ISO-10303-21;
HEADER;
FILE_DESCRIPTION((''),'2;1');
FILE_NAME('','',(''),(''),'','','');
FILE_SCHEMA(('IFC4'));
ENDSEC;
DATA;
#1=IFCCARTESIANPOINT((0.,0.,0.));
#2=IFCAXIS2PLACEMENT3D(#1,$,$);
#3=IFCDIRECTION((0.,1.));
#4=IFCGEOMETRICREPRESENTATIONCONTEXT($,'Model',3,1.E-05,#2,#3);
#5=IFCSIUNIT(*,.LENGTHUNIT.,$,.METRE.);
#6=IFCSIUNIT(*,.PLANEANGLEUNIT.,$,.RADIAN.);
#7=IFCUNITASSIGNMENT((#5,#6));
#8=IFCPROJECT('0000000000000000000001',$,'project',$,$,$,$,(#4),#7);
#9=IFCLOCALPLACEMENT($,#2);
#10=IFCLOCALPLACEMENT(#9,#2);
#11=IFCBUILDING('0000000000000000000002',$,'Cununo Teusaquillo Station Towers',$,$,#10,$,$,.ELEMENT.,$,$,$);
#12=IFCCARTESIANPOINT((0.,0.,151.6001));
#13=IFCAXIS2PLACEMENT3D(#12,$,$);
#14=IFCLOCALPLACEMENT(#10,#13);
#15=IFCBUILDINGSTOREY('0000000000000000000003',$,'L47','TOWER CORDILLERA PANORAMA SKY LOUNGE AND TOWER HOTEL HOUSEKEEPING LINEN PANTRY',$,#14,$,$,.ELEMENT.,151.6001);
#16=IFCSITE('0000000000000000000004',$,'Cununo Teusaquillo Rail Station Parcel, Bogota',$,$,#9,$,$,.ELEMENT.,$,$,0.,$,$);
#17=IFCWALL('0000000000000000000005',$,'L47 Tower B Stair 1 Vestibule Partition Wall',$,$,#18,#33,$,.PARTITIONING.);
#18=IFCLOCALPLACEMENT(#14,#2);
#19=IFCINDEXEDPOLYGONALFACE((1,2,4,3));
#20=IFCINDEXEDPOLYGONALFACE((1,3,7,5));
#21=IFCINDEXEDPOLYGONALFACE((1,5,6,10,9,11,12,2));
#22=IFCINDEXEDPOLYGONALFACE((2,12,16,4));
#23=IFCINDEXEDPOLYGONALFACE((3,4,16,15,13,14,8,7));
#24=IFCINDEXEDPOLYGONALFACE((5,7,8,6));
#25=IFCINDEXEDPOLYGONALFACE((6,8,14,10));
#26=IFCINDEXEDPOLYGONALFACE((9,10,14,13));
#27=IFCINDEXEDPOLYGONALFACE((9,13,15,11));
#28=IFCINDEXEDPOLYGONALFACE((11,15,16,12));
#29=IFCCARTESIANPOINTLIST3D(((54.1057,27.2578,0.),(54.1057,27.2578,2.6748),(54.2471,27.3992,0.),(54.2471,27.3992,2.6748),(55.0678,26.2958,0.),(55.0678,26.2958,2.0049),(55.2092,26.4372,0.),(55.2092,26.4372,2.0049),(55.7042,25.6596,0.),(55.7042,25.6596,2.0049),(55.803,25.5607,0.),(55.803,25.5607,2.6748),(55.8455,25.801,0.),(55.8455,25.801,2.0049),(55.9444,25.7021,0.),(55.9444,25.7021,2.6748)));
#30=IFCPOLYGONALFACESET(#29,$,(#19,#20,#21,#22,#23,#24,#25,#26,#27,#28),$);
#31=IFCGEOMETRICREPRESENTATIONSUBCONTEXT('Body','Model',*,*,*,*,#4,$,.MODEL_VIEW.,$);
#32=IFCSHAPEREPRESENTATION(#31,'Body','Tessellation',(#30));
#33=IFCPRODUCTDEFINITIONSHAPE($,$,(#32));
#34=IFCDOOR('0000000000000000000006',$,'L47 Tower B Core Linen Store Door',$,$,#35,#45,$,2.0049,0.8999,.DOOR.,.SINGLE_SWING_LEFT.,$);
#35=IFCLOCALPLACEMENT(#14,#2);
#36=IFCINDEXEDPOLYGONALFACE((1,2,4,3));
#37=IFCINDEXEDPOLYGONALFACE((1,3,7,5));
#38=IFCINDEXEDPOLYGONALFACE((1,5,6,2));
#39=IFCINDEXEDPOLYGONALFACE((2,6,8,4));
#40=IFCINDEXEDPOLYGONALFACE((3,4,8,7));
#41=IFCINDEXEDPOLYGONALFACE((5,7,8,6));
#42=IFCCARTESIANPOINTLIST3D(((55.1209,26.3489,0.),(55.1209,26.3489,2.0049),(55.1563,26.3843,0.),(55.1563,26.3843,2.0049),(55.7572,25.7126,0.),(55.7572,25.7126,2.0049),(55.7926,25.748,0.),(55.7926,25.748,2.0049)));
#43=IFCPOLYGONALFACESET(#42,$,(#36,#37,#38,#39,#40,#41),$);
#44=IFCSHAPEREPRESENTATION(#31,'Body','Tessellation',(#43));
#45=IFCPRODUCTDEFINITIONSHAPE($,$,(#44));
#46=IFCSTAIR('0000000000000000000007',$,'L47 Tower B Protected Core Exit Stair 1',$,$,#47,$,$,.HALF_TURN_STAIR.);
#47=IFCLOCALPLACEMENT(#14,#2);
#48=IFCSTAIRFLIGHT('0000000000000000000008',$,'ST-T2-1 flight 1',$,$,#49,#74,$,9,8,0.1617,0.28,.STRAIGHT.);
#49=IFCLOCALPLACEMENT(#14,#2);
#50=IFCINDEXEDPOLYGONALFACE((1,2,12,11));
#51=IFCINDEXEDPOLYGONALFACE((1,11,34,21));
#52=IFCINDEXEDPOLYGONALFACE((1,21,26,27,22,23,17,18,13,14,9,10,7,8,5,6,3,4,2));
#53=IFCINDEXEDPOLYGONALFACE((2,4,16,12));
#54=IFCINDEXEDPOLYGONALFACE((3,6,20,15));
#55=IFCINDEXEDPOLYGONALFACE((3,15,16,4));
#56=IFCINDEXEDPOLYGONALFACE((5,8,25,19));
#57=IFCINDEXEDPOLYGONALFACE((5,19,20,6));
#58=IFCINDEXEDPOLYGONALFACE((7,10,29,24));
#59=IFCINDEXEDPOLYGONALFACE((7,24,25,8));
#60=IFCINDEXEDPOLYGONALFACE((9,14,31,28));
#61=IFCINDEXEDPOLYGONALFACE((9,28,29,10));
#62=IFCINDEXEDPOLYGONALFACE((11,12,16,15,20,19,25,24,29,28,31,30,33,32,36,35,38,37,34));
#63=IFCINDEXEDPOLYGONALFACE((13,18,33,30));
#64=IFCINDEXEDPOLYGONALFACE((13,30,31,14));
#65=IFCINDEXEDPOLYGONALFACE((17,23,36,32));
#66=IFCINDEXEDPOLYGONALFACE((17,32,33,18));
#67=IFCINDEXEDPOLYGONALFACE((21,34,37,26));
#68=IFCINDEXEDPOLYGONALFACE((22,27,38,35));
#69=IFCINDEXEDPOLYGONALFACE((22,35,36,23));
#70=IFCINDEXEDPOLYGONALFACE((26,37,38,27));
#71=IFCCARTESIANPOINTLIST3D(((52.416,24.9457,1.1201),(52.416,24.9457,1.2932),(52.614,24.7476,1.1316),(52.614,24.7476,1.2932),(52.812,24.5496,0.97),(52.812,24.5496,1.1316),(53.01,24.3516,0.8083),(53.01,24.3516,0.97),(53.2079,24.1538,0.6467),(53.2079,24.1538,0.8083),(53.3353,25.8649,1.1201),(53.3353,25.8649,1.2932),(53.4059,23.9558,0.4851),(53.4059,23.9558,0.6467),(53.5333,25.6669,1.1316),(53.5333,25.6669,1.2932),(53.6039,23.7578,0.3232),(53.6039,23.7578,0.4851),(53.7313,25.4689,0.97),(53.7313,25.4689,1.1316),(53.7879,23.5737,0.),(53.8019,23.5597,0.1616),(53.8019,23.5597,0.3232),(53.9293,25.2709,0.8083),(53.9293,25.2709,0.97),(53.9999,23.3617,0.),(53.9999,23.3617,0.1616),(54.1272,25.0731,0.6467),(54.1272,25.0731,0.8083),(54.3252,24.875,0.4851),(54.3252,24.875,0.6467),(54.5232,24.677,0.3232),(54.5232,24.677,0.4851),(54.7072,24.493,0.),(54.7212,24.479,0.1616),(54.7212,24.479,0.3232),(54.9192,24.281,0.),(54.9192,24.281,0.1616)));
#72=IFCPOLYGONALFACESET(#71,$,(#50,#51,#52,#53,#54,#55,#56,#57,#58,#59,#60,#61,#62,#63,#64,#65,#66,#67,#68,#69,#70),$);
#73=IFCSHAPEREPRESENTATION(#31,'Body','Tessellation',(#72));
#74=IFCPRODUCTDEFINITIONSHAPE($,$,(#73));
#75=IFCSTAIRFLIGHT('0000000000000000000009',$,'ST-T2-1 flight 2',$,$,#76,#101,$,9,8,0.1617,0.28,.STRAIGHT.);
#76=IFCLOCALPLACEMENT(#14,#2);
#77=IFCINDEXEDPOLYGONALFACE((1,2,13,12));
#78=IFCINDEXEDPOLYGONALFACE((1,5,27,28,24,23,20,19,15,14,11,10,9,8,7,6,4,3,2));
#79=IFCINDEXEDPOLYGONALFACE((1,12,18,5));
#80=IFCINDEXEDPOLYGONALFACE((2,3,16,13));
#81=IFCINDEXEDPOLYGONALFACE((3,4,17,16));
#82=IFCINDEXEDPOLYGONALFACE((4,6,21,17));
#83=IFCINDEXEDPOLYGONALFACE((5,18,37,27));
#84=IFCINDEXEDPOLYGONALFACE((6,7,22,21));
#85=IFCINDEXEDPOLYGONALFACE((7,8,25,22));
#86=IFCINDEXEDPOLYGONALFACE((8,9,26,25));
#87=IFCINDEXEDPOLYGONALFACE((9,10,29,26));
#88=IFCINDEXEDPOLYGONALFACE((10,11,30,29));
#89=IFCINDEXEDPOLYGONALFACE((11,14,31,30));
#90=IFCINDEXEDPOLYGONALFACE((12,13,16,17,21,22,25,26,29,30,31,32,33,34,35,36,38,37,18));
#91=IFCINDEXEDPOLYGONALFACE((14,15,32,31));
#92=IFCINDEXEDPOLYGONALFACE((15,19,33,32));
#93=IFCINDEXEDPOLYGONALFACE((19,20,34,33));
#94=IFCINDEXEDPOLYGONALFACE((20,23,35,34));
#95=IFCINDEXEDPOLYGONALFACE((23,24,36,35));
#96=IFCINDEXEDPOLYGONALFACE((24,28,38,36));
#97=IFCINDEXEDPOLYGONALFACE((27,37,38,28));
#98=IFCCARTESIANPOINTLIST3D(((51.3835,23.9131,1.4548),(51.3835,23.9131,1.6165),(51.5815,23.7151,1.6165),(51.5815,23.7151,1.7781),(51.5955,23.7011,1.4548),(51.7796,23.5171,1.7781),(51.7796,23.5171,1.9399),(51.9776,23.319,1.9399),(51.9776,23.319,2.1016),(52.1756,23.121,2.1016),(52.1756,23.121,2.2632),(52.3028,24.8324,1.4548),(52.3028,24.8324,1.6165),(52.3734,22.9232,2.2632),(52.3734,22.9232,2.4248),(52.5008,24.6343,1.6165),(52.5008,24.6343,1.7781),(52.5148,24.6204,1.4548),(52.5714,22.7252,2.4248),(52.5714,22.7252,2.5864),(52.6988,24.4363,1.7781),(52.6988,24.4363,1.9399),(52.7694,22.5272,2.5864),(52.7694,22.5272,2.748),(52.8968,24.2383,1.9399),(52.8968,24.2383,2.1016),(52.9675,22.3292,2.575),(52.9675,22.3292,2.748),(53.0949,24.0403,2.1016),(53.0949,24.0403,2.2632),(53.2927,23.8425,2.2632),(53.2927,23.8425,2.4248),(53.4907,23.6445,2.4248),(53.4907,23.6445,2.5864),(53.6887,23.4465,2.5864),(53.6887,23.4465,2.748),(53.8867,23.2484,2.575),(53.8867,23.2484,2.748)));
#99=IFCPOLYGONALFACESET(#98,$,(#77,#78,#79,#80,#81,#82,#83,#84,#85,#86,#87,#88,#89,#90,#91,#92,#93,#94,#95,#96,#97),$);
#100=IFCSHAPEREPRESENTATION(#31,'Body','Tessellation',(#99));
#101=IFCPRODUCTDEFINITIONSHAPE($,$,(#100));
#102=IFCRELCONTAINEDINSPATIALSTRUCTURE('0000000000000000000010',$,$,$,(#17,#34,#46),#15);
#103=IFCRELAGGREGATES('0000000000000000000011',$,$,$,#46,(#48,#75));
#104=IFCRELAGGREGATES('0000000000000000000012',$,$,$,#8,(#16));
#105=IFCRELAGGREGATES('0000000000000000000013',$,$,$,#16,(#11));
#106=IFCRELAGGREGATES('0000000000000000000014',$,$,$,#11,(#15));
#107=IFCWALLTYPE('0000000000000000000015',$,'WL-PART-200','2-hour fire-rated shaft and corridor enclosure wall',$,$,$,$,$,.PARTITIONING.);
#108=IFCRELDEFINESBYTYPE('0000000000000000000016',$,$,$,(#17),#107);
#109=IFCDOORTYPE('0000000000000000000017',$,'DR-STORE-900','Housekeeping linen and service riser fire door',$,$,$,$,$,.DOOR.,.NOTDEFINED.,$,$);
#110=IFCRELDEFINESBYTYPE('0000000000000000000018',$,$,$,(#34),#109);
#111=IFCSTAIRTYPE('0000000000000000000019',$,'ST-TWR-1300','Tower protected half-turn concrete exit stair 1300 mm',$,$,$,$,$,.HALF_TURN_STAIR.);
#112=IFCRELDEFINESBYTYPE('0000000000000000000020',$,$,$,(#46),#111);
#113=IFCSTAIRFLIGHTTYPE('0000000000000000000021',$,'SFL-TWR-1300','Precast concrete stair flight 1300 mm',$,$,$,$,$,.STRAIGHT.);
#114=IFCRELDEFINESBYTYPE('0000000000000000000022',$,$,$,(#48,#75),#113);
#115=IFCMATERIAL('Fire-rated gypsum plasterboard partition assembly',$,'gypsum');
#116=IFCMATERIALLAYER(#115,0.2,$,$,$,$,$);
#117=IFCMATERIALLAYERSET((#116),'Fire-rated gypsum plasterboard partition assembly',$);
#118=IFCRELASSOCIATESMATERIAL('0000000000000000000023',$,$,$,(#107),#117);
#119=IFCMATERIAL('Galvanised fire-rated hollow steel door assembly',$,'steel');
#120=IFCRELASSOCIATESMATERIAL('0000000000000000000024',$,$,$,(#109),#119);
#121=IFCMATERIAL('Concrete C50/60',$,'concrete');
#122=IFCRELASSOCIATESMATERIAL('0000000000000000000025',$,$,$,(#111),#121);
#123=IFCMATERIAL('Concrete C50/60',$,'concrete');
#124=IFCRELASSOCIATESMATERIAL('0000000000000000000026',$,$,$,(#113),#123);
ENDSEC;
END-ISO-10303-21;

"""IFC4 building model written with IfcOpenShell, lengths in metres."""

from ifc_helpers import new_model, si_unit, direction, frame, frame_2d, origin, place, context, subcontext, project, spatial, polyline, rectangle, outline, extrude, source, transform, mapped, material, layer, layer_set, type_object, element, fill, aggregate, save


model = new_model("IFC4")

# Units and contexts
model_context = context("Model", 3, precision=1e-05, world=origin(), true_north=direction((0.0, 1.0)))
body_context = subcontext(model_context, "Body", "Model", "MODEL_VIEW")
ifc_project = project(units=[si_unit("LENGTHUNIT", "METRE"), si_unit("PLANEANGLEUNIT", "RADIAN")], contexts=[model_context])

# Site, building, storey
site_placement = place(None, origin())
site = spatial("IfcSite", under=ifc_project, at=site_placement, Name="Cununo Teusaquillo Rail Station Parcel, Bogota", CompositionType="ELEMENT", RefElevation=0.0)
building_placement = place(site_placement, origin())
building = spatial("IfcBuilding", under=site, at=building_placement, Name="Cununo Teusaquillo Station Towers", CompositionType="ELEMENT")
storey_placement = place(building_placement, frame((0.0, 0.0, 151.6001)))
storey = spatial("IfcBuildingStorey", under=building, at=storey_placement, Name="L47", Description="TOWER CORDILLERA PANORAMA SKY LOUNGE AND TOWER HOTEL HOUSEKEEPING LINEN PANTRY", CompositionType="ELEMENT", Elevation=151.6001)

# Wall, opening, door
ifc_material_1 = material(Name="Fire-rated gypsum plasterboard partition assembly", Category="gypsum")
ifc_layer_1 = layer(ifc_material_1, 0.2)
ifc_layer_set_1 = layer_set([ifc_layer_1], Name="Fire-rated gypsum plasterboard partition assembly")
wall_type_1 = type_object("IfcWallType", Name="WL-PART-200", Description="2-hour fire-rated shaft and corridor enclosure wall", PredefinedType="PARTITIONING", material=ifc_layer_set_1)
shared_shape_1 = source(origin(), body_context, "Body", "SweptSolid", [
    extrude(rectangle(XDim=0.8999, YDim=2.0049, at=frame_2d((0.45, 1.0024))), frame((0.0, 0.1099, 0.0), z_axis=(0.0, -1.0, 0.0), x_axis=(1.0, 0.0, 0.0)), (0.0, 0.0, 1.0), 0.22),
])
ifc_material_2 = material(Name="Galvanised fire-rated hollow steel door assembly", Category="steel")
door_type_1 = type_object("IfcDoorType", Name="DR-STORE-900", Description="Housekeeping linen and service riser fire door", OperationType="NOTDEFINED", PredefinedType="DOOR", material=ifc_material_2)
shared_shape_2 = source(origin(), body_context, "Body", "SweptSolid", [
    extrude(rectangle(XDim=0.8999, YDim=2.0049, at=frame_2d((0.45, 1.0024))), frame((0.0, 0.0249, 0.0), z_axis=(0.0, -1.0, 0.0), x_axis=(1.0, 0.0, 0.0)), (0.0, 0.0, 1.0), 0.05),
])
wall_1_placement = place(storey_placement, frame((55.8738, 25.6313, 0.0), z_axis=(0.0, 0.0, 1.0), x_axis=(-0.707158, 0.707056, 0.0)))
wall_1 = element("IfcWall", 1, at=wall_1_placement, inside=storey, type_object=wall_type_1, Name="L47 Tower B Stair 1 Vestibule Partition Wall", PredefinedType="PARTITIONING", context=body_context, shape_type="SweptSolid", body=[
    extrude(rectangle(XDim=2.4001, YDim=0.2, at=frame_2d((1.2002, 0.0))), origin(), (0.0, 0.0, 1.0), 2.6748),
])
opening_1_placement = place(wall_1_placement, frame((0.1399, 0.0, 0.0)))
opening_1 = element("IfcOpeningElement", 2, at=opening_1_placement, cuts=wall_1, PredefinedType="OPENING", context=body_context, shape_type="MappedRepresentation", body=[
    mapped(shared_shape_1, transform((0.0, 0.0, 0.0), x_axis=(1.0, 0.0, 0.0), y_axis=(0.0, 1.0, 0.0), z_axis=(0.0, 0.0, 1.0), scale=1.0)),
])
door_1_placement = place(opening_1_placement, origin())
door_1 = element("IfcDoor", 3, at=door_1_placement, inside=storey, type_object=door_type_1, Name="L47 Tower B Core Linen Store Door", OperationType="SINGLE_SWING_LEFT", OverallHeight=2.0049, OverallWidth=0.8999, PredefinedType="DOOR", context=body_context, shape_type="MappedRepresentation", body=[
    mapped(shared_shape_2, transform((0.0, 0.0, 0.0), x_axis=(1.0, 0.0, 0.0), y_axis=(0.0, 1.0, 0.0), z_axis=(0.0, 0.0, 1.0), scale=1.0)),
])
fill(opening_1, door_1)

# Stair, stair flights
ifc_material_3 = material(Name="Concrete C50/60", Category="concrete")
stair_type = type_object("IfcStairType", Name="ST-TWR-1300", Description="Tower protected half-turn concrete exit stair 1300 mm", PredefinedType="HALF_TURN_STAIR", material=ifc_material_3)
stair_placement = place(storey_placement, origin())
stair = element("IfcStair", 4, at=stair_placement, inside=storey, type_object=stair_type, Name="L47 Tower B Protected Core Exit Stair 1", PredefinedType="HALF_TURN_STAIR")
ifc_material_4 = material(Name="Concrete C50/60", Category="concrete")
stair_flight_type = type_object("IfcStairFlightType", Name="SFL-TWR-1300", Description="Precast concrete stair flight 1300 mm", PredefinedType="STRAIGHT", material=ifc_material_4)
stair_flight_1_placement = place(storey_placement, frame((54.4595, 23.8213, 0.0), z_axis=(0.0, 0.0, 1.0), x_axis=(-0.707107, 0.707107, 0.0)))
stair_flight_1 = element("IfcStairFlight", 5, at=stair_flight_1_placement, type_object=stair_flight_type, Name="ST-T2-1 flight 1", NumberOfRisers=9, NumberOfTreads=8, PredefinedType="STRAIGHT", RiserHeight=0.1617, TreadLength=0.28, context=body_context, shape_type="SweptSolid", body=[
    extrude(outline(polyline([(0.0, 0.0), (0.0, 0.1616), (0.28, 0.1616), (0.28, 0.3232), (0.5601, 0.3232), (0.5601, 0.4851), (0.8401, 0.4851), (0.8401, 0.6467), (1.1201, 0.6467), (1.1201, 0.8083), (1.3999, 0.8083), (1.3999, 0.97), (1.6799, 0.97), (1.6799, 1.1316), (1.96, 1.1316), (1.96, 1.2932), (2.24, 1.2932), (2.24, 1.4551), (2.24, 1.1201), (0.2998, 0.0), (0.0, 0.0)])), frame((0.0, 0.6499, 0.0), z_axis=(0.0, -1.0, 0.0), x_axis=(1.0, 0.0, 0.0)), (0.0, 0.0, 1.0), 1.3),
])
stair_flight_2_placement = place(storey_placement, frame((51.8433, 24.3728, 1.4548), z_axis=(0.0, 0.0, 1.0), x_axis=(0.707107, -0.707107, 0.0)))
stair_flight_2 = element("IfcStairFlight", 6, at=stair_flight_2_placement, type_object=stair_flight_type, Name="ST-T2-1 flight 2", NumberOfRisers=9, NumberOfTreads=8, PredefinedType="STRAIGHT", RiserHeight=0.1617, TreadLength=0.28, context=body_context, shape_type="SweptSolid", body=[
    extrude(outline(polyline([(0.0, 0.0), (0.0, 0.1616), (0.28, 0.1616), (0.28, 0.3232), (0.5601, 0.3232), (0.5601, 0.4851), (0.8401, 0.4851), (0.8401, 0.6467), (1.1201, 0.6467), (1.1201, 0.8083), (1.3999, 0.8083), (1.3999, 0.97), (1.6799, 0.97), (1.6799, 1.1316), (1.96, 1.1316), (1.96, 1.2932), (2.24, 1.2932), (2.24, 1.4551), (2.24, 1.1201), (0.2998, 0.0), (0.0, 0.0)])), frame((0.0, 0.6499, 0.0), z_axis=(0.0, -1.0, 0.0), x_axis=(1.0, 0.0, 0.0)), (0.0, 0.0, 1.0), 1.3),
])
aggregate(stair, [stair_flight_1, stair_flight_2])

save(model, "model.ifc")
